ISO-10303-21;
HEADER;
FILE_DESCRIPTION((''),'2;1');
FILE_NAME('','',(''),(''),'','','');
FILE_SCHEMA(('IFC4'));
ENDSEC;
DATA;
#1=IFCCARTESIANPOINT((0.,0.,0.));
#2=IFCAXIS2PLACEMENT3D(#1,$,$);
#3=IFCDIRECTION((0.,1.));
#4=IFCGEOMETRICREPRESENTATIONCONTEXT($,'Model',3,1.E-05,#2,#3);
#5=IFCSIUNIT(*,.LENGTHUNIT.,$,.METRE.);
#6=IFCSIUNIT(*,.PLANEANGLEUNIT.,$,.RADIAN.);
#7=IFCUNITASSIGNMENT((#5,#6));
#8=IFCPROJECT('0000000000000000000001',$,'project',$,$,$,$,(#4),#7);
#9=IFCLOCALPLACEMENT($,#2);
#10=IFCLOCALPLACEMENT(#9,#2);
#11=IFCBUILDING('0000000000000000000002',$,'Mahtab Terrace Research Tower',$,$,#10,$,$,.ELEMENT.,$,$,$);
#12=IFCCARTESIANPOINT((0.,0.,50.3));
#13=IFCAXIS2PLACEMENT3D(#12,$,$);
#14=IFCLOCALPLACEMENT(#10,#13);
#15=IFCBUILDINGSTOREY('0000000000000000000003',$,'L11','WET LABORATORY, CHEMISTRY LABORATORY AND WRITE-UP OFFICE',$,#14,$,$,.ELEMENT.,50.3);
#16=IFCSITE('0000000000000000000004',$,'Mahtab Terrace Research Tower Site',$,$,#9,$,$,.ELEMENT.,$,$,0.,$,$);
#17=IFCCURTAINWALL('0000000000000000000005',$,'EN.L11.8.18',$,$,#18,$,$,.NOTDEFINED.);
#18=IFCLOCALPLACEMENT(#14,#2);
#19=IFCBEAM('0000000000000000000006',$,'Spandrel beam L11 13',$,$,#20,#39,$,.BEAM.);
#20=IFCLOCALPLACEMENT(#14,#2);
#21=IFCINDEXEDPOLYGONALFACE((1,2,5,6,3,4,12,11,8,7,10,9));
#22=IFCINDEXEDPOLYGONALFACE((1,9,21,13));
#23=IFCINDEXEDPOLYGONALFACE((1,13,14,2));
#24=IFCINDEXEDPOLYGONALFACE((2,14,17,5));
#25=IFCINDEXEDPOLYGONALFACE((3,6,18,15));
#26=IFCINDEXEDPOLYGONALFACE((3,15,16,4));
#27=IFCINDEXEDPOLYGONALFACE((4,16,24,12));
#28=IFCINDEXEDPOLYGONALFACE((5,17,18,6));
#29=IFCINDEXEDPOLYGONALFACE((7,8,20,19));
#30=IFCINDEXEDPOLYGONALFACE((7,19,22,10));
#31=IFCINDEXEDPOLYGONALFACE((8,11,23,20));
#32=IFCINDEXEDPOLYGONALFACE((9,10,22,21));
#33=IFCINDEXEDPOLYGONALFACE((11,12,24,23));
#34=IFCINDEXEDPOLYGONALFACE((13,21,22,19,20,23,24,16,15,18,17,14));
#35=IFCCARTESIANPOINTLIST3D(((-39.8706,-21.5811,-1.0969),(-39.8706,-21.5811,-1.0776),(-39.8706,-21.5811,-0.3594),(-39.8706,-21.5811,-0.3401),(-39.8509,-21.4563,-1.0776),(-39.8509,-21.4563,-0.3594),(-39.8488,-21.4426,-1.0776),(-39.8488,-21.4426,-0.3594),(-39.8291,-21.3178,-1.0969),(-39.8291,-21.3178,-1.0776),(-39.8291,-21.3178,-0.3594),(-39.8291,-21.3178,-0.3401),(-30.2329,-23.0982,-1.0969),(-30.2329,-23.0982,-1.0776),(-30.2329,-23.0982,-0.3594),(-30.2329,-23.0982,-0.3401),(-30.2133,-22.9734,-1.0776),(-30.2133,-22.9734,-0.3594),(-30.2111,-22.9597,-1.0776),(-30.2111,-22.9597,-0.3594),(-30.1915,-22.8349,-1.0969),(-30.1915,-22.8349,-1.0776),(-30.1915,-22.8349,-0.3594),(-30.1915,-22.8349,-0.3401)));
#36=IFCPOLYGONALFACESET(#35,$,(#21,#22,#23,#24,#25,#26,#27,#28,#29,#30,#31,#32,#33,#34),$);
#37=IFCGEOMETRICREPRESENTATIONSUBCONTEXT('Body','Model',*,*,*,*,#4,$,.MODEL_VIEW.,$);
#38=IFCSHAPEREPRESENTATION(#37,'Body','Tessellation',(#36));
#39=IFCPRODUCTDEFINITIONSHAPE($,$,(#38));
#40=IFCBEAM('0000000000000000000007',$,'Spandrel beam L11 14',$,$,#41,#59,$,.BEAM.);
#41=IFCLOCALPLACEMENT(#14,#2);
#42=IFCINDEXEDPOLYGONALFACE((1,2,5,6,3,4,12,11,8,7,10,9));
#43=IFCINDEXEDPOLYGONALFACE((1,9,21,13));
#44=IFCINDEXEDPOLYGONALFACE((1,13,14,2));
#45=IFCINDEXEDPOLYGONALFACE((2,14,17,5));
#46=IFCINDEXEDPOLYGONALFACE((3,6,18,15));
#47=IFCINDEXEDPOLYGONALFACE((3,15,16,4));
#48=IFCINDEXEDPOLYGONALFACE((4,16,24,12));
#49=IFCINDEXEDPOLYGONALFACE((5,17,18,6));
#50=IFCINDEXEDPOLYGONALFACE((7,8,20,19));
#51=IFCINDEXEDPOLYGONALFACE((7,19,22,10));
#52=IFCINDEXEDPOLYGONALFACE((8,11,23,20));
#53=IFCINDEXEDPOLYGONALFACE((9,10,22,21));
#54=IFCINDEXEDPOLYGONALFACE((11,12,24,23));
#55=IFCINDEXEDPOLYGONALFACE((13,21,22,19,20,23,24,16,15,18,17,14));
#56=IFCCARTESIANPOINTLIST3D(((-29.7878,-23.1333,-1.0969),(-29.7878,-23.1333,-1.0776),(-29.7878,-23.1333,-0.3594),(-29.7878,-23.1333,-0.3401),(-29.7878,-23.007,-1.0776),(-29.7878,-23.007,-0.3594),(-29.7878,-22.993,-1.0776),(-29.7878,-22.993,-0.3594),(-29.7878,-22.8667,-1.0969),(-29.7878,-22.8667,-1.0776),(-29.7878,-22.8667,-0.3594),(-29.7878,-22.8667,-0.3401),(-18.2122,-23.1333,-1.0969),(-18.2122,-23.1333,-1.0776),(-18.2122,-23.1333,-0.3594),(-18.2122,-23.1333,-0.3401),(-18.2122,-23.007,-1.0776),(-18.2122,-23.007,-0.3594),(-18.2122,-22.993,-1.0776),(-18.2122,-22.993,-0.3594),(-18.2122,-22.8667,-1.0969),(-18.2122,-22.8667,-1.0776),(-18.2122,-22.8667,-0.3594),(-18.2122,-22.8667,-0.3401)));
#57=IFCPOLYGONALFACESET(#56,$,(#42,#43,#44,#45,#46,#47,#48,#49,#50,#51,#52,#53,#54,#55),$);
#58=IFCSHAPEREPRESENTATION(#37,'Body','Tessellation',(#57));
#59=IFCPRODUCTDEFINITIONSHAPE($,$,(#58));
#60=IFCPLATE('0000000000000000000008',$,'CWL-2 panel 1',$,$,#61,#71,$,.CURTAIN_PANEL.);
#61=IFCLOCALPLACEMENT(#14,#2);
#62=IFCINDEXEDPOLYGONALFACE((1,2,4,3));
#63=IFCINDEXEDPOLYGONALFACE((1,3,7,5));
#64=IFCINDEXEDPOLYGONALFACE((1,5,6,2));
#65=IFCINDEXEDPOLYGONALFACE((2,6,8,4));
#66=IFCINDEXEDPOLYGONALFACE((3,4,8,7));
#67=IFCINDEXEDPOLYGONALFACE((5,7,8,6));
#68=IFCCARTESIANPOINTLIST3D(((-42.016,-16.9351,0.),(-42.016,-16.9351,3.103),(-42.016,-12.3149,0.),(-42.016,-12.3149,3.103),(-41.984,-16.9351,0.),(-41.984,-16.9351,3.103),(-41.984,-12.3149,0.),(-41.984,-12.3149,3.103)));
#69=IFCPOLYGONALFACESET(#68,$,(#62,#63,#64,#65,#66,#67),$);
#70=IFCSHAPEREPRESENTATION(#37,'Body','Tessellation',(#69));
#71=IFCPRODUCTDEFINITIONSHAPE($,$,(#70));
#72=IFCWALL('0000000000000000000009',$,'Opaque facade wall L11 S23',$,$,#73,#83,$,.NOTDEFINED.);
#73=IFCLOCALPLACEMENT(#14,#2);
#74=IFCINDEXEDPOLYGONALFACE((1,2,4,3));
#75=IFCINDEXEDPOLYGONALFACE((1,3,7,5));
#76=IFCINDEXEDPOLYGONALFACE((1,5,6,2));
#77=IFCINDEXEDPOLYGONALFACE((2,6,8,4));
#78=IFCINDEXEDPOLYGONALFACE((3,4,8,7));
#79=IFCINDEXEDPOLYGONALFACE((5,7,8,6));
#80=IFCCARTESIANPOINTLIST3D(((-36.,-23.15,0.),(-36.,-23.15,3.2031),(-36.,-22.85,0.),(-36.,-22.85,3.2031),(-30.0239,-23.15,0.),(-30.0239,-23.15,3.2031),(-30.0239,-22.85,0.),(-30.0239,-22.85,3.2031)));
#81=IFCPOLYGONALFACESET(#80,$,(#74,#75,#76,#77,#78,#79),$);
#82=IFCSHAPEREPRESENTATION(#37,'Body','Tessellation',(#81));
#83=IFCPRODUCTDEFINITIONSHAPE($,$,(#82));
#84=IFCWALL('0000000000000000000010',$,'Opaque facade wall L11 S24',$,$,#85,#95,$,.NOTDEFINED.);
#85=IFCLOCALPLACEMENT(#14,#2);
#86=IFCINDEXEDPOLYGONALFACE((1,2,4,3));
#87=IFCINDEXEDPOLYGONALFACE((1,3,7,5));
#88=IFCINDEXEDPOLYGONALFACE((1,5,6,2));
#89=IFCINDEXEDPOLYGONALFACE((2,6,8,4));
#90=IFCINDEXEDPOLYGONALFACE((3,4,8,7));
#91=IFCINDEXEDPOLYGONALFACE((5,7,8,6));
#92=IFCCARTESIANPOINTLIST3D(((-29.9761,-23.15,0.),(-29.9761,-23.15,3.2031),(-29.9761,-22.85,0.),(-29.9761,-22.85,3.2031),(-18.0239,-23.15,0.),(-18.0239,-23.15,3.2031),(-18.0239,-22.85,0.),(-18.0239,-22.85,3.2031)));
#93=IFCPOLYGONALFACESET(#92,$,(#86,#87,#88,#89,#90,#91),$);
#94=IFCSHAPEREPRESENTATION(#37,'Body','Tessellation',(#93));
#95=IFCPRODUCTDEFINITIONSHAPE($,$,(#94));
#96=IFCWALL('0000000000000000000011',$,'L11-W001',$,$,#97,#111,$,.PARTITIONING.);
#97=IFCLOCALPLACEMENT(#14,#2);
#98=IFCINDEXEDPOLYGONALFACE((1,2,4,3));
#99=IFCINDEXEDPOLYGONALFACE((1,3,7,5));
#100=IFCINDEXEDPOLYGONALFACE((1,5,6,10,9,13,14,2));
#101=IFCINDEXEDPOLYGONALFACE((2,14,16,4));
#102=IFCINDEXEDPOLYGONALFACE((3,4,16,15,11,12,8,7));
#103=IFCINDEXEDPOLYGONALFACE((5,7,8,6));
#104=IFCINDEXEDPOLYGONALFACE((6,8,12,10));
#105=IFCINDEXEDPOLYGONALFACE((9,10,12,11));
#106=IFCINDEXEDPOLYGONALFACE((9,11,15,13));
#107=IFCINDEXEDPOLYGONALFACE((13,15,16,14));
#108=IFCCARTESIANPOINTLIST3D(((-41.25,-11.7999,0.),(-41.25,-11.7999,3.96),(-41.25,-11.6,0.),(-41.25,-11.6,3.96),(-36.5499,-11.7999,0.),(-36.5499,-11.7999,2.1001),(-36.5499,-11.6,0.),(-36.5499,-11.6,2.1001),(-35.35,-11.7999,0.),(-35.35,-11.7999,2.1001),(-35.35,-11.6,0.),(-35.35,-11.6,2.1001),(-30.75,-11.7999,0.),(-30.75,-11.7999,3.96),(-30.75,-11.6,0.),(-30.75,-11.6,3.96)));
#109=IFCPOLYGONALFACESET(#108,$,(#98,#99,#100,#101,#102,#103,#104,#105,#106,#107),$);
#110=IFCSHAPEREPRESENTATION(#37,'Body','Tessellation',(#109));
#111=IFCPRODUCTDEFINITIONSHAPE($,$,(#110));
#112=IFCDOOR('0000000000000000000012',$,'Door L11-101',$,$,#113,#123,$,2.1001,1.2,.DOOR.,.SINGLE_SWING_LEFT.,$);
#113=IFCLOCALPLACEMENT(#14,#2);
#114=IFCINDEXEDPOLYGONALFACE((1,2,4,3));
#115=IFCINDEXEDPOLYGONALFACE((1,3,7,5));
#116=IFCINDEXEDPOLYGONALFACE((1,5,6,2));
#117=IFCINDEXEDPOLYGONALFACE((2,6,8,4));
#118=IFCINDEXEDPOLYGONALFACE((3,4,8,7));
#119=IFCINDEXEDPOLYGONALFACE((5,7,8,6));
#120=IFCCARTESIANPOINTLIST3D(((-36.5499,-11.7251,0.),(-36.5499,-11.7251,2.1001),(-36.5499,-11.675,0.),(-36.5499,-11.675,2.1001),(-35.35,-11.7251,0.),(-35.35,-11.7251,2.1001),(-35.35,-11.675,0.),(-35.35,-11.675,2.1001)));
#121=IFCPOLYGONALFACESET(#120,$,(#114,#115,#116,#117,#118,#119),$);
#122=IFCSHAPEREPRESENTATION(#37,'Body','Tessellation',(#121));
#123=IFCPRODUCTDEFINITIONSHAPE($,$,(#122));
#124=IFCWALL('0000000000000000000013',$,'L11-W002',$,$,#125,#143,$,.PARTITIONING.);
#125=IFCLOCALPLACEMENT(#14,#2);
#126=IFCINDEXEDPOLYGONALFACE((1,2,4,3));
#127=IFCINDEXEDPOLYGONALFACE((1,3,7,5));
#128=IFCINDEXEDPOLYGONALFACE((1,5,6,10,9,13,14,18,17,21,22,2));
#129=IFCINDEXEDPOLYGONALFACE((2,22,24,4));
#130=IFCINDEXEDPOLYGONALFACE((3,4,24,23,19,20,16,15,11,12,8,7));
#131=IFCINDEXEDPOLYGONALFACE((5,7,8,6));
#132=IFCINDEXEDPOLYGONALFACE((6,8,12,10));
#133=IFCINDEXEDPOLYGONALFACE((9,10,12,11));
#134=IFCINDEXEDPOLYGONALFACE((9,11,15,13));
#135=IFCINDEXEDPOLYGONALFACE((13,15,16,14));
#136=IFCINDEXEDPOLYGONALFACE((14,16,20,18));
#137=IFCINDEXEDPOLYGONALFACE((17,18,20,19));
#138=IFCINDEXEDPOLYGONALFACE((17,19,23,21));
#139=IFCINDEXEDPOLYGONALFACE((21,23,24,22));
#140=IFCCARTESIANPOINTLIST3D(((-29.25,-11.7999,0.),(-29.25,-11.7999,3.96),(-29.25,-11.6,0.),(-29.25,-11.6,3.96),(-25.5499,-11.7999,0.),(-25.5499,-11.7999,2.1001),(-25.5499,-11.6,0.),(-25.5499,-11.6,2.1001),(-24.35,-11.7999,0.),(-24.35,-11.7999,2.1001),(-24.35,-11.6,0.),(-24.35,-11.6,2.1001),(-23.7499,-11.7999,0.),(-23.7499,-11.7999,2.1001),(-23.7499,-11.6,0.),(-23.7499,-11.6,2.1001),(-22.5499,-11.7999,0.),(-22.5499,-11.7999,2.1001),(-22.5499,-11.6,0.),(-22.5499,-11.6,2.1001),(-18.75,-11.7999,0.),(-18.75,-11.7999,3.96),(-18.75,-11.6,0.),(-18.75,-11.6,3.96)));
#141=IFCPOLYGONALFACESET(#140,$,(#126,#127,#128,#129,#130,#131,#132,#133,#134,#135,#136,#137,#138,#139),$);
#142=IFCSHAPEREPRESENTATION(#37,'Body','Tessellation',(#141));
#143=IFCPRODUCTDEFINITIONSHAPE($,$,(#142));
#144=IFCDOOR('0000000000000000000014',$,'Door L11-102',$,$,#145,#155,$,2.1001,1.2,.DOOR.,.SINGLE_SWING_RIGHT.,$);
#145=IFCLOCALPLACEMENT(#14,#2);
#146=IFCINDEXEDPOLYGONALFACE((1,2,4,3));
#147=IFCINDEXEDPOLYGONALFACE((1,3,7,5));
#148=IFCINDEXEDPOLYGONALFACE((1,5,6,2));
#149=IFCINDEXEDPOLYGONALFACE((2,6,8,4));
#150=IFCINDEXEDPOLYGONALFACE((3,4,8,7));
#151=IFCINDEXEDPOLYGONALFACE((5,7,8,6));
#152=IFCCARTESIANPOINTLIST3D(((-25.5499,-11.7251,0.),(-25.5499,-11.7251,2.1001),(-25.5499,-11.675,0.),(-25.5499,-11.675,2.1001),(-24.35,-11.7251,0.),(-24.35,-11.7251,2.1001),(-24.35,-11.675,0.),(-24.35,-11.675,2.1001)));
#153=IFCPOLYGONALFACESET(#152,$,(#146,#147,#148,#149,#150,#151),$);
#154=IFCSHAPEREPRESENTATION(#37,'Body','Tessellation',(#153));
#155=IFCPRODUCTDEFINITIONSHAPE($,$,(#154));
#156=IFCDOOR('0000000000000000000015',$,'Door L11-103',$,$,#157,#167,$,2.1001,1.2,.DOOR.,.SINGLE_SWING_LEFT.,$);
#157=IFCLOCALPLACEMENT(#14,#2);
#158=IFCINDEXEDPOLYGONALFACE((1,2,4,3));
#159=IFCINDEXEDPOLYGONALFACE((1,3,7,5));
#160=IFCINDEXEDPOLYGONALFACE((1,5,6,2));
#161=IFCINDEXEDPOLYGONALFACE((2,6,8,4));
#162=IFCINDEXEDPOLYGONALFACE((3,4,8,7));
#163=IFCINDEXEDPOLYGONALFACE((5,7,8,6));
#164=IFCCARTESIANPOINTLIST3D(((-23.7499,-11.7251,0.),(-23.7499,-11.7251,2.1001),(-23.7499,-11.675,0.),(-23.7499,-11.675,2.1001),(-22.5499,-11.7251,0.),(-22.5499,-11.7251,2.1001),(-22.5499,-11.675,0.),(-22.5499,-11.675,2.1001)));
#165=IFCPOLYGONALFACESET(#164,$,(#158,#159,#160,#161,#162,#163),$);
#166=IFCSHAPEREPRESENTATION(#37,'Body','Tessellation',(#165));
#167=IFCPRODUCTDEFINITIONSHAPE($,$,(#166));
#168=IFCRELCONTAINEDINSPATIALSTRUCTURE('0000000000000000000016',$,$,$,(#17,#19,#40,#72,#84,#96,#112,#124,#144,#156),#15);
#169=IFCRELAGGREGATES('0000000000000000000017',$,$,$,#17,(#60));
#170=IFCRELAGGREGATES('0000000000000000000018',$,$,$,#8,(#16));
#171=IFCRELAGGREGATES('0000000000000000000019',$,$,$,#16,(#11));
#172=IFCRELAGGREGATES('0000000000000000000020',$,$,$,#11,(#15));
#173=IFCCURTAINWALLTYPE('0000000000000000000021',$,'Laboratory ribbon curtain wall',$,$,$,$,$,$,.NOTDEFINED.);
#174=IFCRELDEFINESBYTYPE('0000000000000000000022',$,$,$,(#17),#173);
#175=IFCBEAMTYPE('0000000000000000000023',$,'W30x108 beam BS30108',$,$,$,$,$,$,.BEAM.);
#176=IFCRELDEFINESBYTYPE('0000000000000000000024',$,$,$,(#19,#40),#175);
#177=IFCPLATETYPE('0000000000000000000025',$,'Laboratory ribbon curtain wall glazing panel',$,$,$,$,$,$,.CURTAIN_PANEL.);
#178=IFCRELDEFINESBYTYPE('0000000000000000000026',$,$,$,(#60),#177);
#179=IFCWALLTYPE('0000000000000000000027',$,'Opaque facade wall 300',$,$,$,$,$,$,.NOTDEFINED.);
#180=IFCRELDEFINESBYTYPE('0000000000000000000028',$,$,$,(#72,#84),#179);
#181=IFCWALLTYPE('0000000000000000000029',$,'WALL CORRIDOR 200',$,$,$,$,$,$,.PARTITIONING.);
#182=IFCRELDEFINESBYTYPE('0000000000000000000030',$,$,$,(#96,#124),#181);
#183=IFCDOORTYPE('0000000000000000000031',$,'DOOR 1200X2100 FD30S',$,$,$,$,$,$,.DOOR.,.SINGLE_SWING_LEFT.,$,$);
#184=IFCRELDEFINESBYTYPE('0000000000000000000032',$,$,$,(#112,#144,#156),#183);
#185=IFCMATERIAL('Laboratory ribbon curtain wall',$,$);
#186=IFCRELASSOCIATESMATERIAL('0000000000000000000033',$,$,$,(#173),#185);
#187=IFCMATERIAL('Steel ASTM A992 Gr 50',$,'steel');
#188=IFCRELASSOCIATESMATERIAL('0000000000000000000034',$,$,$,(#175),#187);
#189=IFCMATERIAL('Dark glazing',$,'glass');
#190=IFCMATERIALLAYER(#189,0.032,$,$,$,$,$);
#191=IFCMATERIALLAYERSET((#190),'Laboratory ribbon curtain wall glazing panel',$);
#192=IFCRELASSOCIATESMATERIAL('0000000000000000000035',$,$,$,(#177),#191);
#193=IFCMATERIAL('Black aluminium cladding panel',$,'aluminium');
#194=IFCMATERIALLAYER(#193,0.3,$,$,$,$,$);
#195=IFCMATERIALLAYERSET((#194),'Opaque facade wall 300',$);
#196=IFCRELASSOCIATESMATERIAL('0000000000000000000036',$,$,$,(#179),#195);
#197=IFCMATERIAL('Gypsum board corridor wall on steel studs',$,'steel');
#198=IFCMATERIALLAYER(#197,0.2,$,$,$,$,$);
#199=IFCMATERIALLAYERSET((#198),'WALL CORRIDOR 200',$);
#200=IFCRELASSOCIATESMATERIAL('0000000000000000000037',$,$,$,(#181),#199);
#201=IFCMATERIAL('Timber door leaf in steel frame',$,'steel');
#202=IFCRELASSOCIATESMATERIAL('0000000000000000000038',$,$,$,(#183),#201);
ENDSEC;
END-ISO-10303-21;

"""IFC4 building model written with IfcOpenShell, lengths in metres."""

from ifc_helpers import new_model, si_unit, direction, frame, frame_2d, origin, origin_2d, place, context, subcontext, project, spatial, rectangle, i_section, extrude, material, layer, layer_set, material_profile, profile_set, type_object, element, fill, aggregate, save


model = new_model("IFC4")

# Units and contexts
model_context = context("Model", 3, precision=1e-05, world=origin(), true_north=direction((0.0, 1.0)))
body_context = subcontext(model_context, "Body", "Model", "MODEL_VIEW")
ifc_project = project(units=[si_unit("LENGTHUNIT", "METRE"), si_unit("PLANEANGLEUNIT", "RADIAN")], contexts=[model_context])

# Site, building, storey
site_placement = place(None, origin())
site = spatial("IfcSite", under=ifc_project, at=site_placement, Name="Mahtab Terrace Research Tower Site", CompositionType="ELEMENT", RefElevation=0.0)
building_placement = place(site_placement, origin())
building = spatial("IfcBuilding", under=site, at=building_placement, Name="Mahtab Terrace Research Tower", CompositionType="ELEMENT")
storey_placement = place(building_placement, frame((0.0, 0.0, 50.3)))
storey = spatial("IfcBuildingStorey", under=building, at=storey_placement, Name="L11", Description="WET LABORATORY, CHEMISTRY LABORATORY AND WRITE-UP OFFICE", CompositionType="ELEMENT", Elevation=50.3)

# Shared definitions
ifc_material_1 = material(Name="Steel ASTM A992 Gr 50", Category="steel")

# Curtain wall
ifc_material_2 = material(Name="Laboratory ribbon curtain wall")
curtain_wall_type = type_object("IfcCurtainWallType", Name="Laboratory ribbon curtain wall", PredefinedType="NOTDEFINED", material=ifc_material_2)
curtain_wall_placement = place(storey_placement, origin())
curtain_wall = element("IfcCurtainWall", 1, at=curtain_wall_placement, inside=storey, type_object=curtain_wall_type, Name="EN.L11.8.18", PredefinedType="NOTDEFINED")

# Beams
ifc_material_profile_1 = material_profile(ifc_material_1, i_section(OverallWidth=0.2666, OverallDepth=0.7568, WebThickness=0.0139, FlangeThickness=0.0193, at=origin_2d()), Name="W30X108")
ifc_profile_set_1 = profile_set([ifc_material_profile_1], Name="Steel ASTM A992 Gr 50")
beam_type = type_object("IfcBeamType", Name="W30x108 beam BS30108", PredefinedType="BEAM", material=ifc_profile_set_1)
beam_1_placement = place(storey_placement, frame((-39.8499, -21.4495, -0.7185), z_axis=(0.987836, -0.155497, 0.0), x_axis=(0.155497, 0.987836, 0.0)))
element("IfcBeam", 2, at=beam_1_placement, inside=storey, type_object=beam_type, Name="Spandrel beam L11 13", PredefinedType="BEAM", context=body_context, shape_type="SweptSolid", body=[
    extrude(i_section(OverallWidth=0.2666, OverallDepth=0.7568, WebThickness=0.0139, FlangeThickness=0.0193, at=origin_2d()), origin(), (0.0, 0.0, 1.0), 9.7563),
])
beam_2_placement = place(storey_placement, frame((-29.7878, -23.0, -0.7185), z_axis=(1.0, 0.0, 0.0), x_axis=(0.0, 1.0, 0.0)))
element("IfcBeam", 3, at=beam_2_placement, inside=storey, type_object=beam_type, Name="Spandrel beam L11 14", PredefinedType="BEAM", context=body_context, shape_type="SweptSolid", body=[
    extrude(i_section(OverallWidth=0.2666, OverallDepth=0.7568, WebThickness=0.0139, FlangeThickness=0.0193, at=origin_2d()), origin(), (0.0, 0.0, 1.0), 11.5757),
])

# Plate
ifc_material_3 = material(Name="Dark glazing", Category="glass")
ifc_layer_1 = layer(ifc_material_3, 0.032)
ifc_layer_set_1 = layer_set([ifc_layer_1], Name="Laboratory ribbon curtain wall glazing panel")
plate_type = type_object("IfcPlateType", Name="Laboratory ribbon curtain wall glazing panel", PredefinedType="CURTAIN_PANEL", material=ifc_layer_set_1)
plate_placement = place(storey_placement, frame((-42.0, -14.625, 0.0), z_axis=(0.0, 0.0, 1.0), x_axis=(0.0, -1.0, 0.0)))
plate = element("IfcPlate", 4, at=plate_placement, type_object=plate_type, Name="CWL-2 panel 1", PredefinedType="CURTAIN_PANEL", context=body_context, shape_type="SweptSolid", body=[
    extrude(rectangle(XDim=4.6201, YDim=0.032, at=origin_2d()), origin(), (0.0, 0.0, 1.0), 3.103),
])
aggregate(curtain_wall, [plate])

# Walls
ifc_material_4 = material(Name="Black aluminium cladding panel", Category="aluminium")
ifc_layer_2 = layer(ifc_material_4, 0.3)
ifc_layer_set_2 = layer_set([ifc_layer_2], Name="Opaque facade wall 300")
wall_type_1 = type_object("IfcWallType", Name="Opaque facade wall 300", PredefinedType="NOTDEFINED", material=ifc_layer_set_2)
wall_1_placement = place(storey_placement, frame((-36.0, -23.0, 0.0), z_axis=(0.0, 0.0, 1.0), x_axis=(1.0, 0.0, 0.0)))
element("IfcWall", 5, at=wall_1_placement, inside=storey, type_object=wall_type_1, Name="Opaque facade wall L11 S23", PredefinedType="NOTDEFINED", context=body_context, shape_type="SweptSolid", body=[
    extrude(rectangle(XDim=5.9761, YDim=0.3, at=frame_2d((2.988, 0.0))), origin(), (0.0, 0.0, 1.0), 3.2031),
])
wall_2_placement = place(storey_placement, frame((-29.9761, -23.0, 0.0), z_axis=(0.0, 0.0, 1.0), x_axis=(1.0, 0.0, 0.0)))
element("IfcWall", 6, at=wall_2_placement, inside=storey, type_object=wall_type_1, Name="Opaque facade wall L11 S24", PredefinedType="NOTDEFINED", context=body_context, shape_type="SweptSolid", body=[
    extrude(rectangle(XDim=11.9521, YDim=0.3, at=frame_2d((5.9761, 0.0))), origin(), (0.0, 0.0, 1.0), 3.2031),
])

# Wall, opening, door
ifc_material_5 = material(Name="Gypsum board corridor wall on steel studs", Category="steel")
ifc_layer_3 = layer(ifc_material_5, 0.2)
ifc_layer_set_3 = layer_set([ifc_layer_3], Name="WALL CORRIDOR 200")
wall_type_2 = type_object("IfcWallType", Name="WALL CORRIDOR 200", PredefinedType="PARTITIONING", material=ifc_layer_set_3)
wall_3_placement = place(storey_placement, frame((-41.25, -11.7, 0.0), z_axis=(0.0, 0.0, 1.0), x_axis=(1.0, 0.0, 0.0)))
wall_3 = element("IfcWall", 7, at=wall_3_placement, inside=storey, type_object=wall_type_2, Name="L11-W001", PredefinedType="PARTITIONING", context=body_context, shape_type="SweptSolid", body=[
    extrude(rectangle(XDim=10.5, YDim=0.2, at=frame_2d((5.25, 0.0))), origin(), (0.0, 0.0, 1.0), 3.96),
])
opening_1_placement = place(wall_3_placement, frame((4.7, 0.0, 0.0)))
opening_1 = element("IfcOpeningElement", 8, at=opening_1_placement, cuts=wall_3, PredefinedType="OPENING", context=body_context, shape_type="SweptSolid", body=[
    extrude(rectangle(XDim=1.2, YDim=2.1001, at=frame_2d((0.6001, 1.05))), frame((0.0, 0.1099, 0.0), z_axis=(0.0, -1.0, 0.0), x_axis=(1.0, 0.0, 0.0)), (0.0, 0.0, 1.0), 0.22),
])
ifc_material_6 = material(Name="Timber door leaf in steel frame", Category="steel")
door_type = type_object("IfcDoorType", Name="DOOR 1200X2100 FD30S", OperationType="SINGLE_SWING_LEFT", PredefinedType="DOOR", material=ifc_material_6)
door_1_placement = place(opening_1_placement, origin())
door_1 = element("IfcDoor", 9, at=door_1_placement, inside=storey, type_object=door_type, Name="Door L11-101", OperationType="SINGLE_SWING_LEFT", OverallHeight=2.1001, OverallWidth=1.2, PredefinedType="DOOR", context=body_context, shape_type="SweptSolid", body=[
    extrude(rectangle(XDim=1.2, YDim=2.1001, at=frame_2d((0.6001, 1.05))), frame((0.0, 0.0249, 0.0), z_axis=(0.0, -1.0, 0.0), x_axis=(1.0, 0.0, 0.0)), (0.0, 0.0, 1.0), 0.05),
])
fill(opening_1, door_1)

# Wall, openings, doors
wall_4_placement = place(storey_placement, frame((-29.25, -11.7, 0.0), z_axis=(0.0, 0.0, 1.0), x_axis=(1.0, 0.0, 0.0)))
wall_4 = element("IfcWall", 10, at=wall_4_placement, inside=storey, type_object=wall_type_2, Name="L11-W002", PredefinedType="PARTITIONING", context=body_context, shape_type="SweptSolid", body=[
    extrude(rectangle(XDim=10.5, YDim=0.2, at=frame_2d((5.25, 0.0))), origin(), (0.0, 0.0, 1.0), 3.96),
])
opening_2_placement = place(wall_4_placement, frame((3.7, 0.0, 0.0)))
opening_2 = element("IfcOpeningElement", 11, at=opening_2_placement, cuts=wall_4, PredefinedType="OPENING", context=body_context, shape_type="SweptSolid", body=[
    extrude(rectangle(XDim=1.2, YDim=2.1001, at=frame_2d((0.6001, 1.05))), frame((0.0, 0.1099, 0.0), z_axis=(0.0, -1.0, 0.0), x_axis=(1.0, 0.0, 0.0)), (0.0, 0.0, 1.0), 0.22),
])
opening_3_placement = place(wall_4_placement, frame((5.5, 0.0, 0.0)))
opening_3 = element("IfcOpeningElement", 12, at=opening_3_placement, cuts=wall_4, PredefinedType="OPENING", context=body_context, shape_type="SweptSolid", body=[
    extrude(rectangle(XDim=1.2, YDim=2.1001, at=frame_2d((0.6001, 1.05))), frame((0.0, 0.1099, 0.0), z_axis=(0.0, -1.0, 0.0), x_axis=(1.0, 0.0, 0.0)), (0.0, 0.0, 1.0), 0.22),
])
door_2_placement = place(opening_2_placement, origin())
door_2 = element("IfcDoor", 13, at=door_2_placement, inside=storey, type_object=door_type, Name="Door L11-102", OperationType="SINGLE_SWING_RIGHT", OverallHeight=2.1001, OverallWidth=1.2, PredefinedType="DOOR", context=body_context, shape_type="SweptSolid", body=[
    extrude(rectangle(XDim=1.2, YDim=2.1001, at=frame_2d((0.6001, 1.05))), frame((0.0, 0.0249, 0.0), z_axis=(0.0, -1.0, 0.0), x_axis=(1.0, 0.0, 0.0)), (0.0, 0.0, 1.0), 0.05),
])
fill(opening_2, door_2)
door_3_placement = place(opening_3_placement, origin())
door_3 = element("IfcDoor", 14, at=door_3_placement, inside=storey, type_object=door_type, Name="Door L11-103", OperationType="SINGLE_SWING_LEFT", OverallHeight=2.1001, OverallWidth=1.2, PredefinedType="DOOR", context=body_context, shape_type="SweptSolid", body=[
    extrude(rectangle(XDim=1.2, YDim=2.1001, at=frame_2d((0.6001, 1.05))), frame((0.0, 0.0249, 0.0), z_axis=(0.0, -1.0, 0.0), x_axis=(1.0, 0.0, 0.0)), (0.0, 0.0, 1.0), 0.05),
])
fill(opening_3, door_3)

save(model, "model.ifc")
